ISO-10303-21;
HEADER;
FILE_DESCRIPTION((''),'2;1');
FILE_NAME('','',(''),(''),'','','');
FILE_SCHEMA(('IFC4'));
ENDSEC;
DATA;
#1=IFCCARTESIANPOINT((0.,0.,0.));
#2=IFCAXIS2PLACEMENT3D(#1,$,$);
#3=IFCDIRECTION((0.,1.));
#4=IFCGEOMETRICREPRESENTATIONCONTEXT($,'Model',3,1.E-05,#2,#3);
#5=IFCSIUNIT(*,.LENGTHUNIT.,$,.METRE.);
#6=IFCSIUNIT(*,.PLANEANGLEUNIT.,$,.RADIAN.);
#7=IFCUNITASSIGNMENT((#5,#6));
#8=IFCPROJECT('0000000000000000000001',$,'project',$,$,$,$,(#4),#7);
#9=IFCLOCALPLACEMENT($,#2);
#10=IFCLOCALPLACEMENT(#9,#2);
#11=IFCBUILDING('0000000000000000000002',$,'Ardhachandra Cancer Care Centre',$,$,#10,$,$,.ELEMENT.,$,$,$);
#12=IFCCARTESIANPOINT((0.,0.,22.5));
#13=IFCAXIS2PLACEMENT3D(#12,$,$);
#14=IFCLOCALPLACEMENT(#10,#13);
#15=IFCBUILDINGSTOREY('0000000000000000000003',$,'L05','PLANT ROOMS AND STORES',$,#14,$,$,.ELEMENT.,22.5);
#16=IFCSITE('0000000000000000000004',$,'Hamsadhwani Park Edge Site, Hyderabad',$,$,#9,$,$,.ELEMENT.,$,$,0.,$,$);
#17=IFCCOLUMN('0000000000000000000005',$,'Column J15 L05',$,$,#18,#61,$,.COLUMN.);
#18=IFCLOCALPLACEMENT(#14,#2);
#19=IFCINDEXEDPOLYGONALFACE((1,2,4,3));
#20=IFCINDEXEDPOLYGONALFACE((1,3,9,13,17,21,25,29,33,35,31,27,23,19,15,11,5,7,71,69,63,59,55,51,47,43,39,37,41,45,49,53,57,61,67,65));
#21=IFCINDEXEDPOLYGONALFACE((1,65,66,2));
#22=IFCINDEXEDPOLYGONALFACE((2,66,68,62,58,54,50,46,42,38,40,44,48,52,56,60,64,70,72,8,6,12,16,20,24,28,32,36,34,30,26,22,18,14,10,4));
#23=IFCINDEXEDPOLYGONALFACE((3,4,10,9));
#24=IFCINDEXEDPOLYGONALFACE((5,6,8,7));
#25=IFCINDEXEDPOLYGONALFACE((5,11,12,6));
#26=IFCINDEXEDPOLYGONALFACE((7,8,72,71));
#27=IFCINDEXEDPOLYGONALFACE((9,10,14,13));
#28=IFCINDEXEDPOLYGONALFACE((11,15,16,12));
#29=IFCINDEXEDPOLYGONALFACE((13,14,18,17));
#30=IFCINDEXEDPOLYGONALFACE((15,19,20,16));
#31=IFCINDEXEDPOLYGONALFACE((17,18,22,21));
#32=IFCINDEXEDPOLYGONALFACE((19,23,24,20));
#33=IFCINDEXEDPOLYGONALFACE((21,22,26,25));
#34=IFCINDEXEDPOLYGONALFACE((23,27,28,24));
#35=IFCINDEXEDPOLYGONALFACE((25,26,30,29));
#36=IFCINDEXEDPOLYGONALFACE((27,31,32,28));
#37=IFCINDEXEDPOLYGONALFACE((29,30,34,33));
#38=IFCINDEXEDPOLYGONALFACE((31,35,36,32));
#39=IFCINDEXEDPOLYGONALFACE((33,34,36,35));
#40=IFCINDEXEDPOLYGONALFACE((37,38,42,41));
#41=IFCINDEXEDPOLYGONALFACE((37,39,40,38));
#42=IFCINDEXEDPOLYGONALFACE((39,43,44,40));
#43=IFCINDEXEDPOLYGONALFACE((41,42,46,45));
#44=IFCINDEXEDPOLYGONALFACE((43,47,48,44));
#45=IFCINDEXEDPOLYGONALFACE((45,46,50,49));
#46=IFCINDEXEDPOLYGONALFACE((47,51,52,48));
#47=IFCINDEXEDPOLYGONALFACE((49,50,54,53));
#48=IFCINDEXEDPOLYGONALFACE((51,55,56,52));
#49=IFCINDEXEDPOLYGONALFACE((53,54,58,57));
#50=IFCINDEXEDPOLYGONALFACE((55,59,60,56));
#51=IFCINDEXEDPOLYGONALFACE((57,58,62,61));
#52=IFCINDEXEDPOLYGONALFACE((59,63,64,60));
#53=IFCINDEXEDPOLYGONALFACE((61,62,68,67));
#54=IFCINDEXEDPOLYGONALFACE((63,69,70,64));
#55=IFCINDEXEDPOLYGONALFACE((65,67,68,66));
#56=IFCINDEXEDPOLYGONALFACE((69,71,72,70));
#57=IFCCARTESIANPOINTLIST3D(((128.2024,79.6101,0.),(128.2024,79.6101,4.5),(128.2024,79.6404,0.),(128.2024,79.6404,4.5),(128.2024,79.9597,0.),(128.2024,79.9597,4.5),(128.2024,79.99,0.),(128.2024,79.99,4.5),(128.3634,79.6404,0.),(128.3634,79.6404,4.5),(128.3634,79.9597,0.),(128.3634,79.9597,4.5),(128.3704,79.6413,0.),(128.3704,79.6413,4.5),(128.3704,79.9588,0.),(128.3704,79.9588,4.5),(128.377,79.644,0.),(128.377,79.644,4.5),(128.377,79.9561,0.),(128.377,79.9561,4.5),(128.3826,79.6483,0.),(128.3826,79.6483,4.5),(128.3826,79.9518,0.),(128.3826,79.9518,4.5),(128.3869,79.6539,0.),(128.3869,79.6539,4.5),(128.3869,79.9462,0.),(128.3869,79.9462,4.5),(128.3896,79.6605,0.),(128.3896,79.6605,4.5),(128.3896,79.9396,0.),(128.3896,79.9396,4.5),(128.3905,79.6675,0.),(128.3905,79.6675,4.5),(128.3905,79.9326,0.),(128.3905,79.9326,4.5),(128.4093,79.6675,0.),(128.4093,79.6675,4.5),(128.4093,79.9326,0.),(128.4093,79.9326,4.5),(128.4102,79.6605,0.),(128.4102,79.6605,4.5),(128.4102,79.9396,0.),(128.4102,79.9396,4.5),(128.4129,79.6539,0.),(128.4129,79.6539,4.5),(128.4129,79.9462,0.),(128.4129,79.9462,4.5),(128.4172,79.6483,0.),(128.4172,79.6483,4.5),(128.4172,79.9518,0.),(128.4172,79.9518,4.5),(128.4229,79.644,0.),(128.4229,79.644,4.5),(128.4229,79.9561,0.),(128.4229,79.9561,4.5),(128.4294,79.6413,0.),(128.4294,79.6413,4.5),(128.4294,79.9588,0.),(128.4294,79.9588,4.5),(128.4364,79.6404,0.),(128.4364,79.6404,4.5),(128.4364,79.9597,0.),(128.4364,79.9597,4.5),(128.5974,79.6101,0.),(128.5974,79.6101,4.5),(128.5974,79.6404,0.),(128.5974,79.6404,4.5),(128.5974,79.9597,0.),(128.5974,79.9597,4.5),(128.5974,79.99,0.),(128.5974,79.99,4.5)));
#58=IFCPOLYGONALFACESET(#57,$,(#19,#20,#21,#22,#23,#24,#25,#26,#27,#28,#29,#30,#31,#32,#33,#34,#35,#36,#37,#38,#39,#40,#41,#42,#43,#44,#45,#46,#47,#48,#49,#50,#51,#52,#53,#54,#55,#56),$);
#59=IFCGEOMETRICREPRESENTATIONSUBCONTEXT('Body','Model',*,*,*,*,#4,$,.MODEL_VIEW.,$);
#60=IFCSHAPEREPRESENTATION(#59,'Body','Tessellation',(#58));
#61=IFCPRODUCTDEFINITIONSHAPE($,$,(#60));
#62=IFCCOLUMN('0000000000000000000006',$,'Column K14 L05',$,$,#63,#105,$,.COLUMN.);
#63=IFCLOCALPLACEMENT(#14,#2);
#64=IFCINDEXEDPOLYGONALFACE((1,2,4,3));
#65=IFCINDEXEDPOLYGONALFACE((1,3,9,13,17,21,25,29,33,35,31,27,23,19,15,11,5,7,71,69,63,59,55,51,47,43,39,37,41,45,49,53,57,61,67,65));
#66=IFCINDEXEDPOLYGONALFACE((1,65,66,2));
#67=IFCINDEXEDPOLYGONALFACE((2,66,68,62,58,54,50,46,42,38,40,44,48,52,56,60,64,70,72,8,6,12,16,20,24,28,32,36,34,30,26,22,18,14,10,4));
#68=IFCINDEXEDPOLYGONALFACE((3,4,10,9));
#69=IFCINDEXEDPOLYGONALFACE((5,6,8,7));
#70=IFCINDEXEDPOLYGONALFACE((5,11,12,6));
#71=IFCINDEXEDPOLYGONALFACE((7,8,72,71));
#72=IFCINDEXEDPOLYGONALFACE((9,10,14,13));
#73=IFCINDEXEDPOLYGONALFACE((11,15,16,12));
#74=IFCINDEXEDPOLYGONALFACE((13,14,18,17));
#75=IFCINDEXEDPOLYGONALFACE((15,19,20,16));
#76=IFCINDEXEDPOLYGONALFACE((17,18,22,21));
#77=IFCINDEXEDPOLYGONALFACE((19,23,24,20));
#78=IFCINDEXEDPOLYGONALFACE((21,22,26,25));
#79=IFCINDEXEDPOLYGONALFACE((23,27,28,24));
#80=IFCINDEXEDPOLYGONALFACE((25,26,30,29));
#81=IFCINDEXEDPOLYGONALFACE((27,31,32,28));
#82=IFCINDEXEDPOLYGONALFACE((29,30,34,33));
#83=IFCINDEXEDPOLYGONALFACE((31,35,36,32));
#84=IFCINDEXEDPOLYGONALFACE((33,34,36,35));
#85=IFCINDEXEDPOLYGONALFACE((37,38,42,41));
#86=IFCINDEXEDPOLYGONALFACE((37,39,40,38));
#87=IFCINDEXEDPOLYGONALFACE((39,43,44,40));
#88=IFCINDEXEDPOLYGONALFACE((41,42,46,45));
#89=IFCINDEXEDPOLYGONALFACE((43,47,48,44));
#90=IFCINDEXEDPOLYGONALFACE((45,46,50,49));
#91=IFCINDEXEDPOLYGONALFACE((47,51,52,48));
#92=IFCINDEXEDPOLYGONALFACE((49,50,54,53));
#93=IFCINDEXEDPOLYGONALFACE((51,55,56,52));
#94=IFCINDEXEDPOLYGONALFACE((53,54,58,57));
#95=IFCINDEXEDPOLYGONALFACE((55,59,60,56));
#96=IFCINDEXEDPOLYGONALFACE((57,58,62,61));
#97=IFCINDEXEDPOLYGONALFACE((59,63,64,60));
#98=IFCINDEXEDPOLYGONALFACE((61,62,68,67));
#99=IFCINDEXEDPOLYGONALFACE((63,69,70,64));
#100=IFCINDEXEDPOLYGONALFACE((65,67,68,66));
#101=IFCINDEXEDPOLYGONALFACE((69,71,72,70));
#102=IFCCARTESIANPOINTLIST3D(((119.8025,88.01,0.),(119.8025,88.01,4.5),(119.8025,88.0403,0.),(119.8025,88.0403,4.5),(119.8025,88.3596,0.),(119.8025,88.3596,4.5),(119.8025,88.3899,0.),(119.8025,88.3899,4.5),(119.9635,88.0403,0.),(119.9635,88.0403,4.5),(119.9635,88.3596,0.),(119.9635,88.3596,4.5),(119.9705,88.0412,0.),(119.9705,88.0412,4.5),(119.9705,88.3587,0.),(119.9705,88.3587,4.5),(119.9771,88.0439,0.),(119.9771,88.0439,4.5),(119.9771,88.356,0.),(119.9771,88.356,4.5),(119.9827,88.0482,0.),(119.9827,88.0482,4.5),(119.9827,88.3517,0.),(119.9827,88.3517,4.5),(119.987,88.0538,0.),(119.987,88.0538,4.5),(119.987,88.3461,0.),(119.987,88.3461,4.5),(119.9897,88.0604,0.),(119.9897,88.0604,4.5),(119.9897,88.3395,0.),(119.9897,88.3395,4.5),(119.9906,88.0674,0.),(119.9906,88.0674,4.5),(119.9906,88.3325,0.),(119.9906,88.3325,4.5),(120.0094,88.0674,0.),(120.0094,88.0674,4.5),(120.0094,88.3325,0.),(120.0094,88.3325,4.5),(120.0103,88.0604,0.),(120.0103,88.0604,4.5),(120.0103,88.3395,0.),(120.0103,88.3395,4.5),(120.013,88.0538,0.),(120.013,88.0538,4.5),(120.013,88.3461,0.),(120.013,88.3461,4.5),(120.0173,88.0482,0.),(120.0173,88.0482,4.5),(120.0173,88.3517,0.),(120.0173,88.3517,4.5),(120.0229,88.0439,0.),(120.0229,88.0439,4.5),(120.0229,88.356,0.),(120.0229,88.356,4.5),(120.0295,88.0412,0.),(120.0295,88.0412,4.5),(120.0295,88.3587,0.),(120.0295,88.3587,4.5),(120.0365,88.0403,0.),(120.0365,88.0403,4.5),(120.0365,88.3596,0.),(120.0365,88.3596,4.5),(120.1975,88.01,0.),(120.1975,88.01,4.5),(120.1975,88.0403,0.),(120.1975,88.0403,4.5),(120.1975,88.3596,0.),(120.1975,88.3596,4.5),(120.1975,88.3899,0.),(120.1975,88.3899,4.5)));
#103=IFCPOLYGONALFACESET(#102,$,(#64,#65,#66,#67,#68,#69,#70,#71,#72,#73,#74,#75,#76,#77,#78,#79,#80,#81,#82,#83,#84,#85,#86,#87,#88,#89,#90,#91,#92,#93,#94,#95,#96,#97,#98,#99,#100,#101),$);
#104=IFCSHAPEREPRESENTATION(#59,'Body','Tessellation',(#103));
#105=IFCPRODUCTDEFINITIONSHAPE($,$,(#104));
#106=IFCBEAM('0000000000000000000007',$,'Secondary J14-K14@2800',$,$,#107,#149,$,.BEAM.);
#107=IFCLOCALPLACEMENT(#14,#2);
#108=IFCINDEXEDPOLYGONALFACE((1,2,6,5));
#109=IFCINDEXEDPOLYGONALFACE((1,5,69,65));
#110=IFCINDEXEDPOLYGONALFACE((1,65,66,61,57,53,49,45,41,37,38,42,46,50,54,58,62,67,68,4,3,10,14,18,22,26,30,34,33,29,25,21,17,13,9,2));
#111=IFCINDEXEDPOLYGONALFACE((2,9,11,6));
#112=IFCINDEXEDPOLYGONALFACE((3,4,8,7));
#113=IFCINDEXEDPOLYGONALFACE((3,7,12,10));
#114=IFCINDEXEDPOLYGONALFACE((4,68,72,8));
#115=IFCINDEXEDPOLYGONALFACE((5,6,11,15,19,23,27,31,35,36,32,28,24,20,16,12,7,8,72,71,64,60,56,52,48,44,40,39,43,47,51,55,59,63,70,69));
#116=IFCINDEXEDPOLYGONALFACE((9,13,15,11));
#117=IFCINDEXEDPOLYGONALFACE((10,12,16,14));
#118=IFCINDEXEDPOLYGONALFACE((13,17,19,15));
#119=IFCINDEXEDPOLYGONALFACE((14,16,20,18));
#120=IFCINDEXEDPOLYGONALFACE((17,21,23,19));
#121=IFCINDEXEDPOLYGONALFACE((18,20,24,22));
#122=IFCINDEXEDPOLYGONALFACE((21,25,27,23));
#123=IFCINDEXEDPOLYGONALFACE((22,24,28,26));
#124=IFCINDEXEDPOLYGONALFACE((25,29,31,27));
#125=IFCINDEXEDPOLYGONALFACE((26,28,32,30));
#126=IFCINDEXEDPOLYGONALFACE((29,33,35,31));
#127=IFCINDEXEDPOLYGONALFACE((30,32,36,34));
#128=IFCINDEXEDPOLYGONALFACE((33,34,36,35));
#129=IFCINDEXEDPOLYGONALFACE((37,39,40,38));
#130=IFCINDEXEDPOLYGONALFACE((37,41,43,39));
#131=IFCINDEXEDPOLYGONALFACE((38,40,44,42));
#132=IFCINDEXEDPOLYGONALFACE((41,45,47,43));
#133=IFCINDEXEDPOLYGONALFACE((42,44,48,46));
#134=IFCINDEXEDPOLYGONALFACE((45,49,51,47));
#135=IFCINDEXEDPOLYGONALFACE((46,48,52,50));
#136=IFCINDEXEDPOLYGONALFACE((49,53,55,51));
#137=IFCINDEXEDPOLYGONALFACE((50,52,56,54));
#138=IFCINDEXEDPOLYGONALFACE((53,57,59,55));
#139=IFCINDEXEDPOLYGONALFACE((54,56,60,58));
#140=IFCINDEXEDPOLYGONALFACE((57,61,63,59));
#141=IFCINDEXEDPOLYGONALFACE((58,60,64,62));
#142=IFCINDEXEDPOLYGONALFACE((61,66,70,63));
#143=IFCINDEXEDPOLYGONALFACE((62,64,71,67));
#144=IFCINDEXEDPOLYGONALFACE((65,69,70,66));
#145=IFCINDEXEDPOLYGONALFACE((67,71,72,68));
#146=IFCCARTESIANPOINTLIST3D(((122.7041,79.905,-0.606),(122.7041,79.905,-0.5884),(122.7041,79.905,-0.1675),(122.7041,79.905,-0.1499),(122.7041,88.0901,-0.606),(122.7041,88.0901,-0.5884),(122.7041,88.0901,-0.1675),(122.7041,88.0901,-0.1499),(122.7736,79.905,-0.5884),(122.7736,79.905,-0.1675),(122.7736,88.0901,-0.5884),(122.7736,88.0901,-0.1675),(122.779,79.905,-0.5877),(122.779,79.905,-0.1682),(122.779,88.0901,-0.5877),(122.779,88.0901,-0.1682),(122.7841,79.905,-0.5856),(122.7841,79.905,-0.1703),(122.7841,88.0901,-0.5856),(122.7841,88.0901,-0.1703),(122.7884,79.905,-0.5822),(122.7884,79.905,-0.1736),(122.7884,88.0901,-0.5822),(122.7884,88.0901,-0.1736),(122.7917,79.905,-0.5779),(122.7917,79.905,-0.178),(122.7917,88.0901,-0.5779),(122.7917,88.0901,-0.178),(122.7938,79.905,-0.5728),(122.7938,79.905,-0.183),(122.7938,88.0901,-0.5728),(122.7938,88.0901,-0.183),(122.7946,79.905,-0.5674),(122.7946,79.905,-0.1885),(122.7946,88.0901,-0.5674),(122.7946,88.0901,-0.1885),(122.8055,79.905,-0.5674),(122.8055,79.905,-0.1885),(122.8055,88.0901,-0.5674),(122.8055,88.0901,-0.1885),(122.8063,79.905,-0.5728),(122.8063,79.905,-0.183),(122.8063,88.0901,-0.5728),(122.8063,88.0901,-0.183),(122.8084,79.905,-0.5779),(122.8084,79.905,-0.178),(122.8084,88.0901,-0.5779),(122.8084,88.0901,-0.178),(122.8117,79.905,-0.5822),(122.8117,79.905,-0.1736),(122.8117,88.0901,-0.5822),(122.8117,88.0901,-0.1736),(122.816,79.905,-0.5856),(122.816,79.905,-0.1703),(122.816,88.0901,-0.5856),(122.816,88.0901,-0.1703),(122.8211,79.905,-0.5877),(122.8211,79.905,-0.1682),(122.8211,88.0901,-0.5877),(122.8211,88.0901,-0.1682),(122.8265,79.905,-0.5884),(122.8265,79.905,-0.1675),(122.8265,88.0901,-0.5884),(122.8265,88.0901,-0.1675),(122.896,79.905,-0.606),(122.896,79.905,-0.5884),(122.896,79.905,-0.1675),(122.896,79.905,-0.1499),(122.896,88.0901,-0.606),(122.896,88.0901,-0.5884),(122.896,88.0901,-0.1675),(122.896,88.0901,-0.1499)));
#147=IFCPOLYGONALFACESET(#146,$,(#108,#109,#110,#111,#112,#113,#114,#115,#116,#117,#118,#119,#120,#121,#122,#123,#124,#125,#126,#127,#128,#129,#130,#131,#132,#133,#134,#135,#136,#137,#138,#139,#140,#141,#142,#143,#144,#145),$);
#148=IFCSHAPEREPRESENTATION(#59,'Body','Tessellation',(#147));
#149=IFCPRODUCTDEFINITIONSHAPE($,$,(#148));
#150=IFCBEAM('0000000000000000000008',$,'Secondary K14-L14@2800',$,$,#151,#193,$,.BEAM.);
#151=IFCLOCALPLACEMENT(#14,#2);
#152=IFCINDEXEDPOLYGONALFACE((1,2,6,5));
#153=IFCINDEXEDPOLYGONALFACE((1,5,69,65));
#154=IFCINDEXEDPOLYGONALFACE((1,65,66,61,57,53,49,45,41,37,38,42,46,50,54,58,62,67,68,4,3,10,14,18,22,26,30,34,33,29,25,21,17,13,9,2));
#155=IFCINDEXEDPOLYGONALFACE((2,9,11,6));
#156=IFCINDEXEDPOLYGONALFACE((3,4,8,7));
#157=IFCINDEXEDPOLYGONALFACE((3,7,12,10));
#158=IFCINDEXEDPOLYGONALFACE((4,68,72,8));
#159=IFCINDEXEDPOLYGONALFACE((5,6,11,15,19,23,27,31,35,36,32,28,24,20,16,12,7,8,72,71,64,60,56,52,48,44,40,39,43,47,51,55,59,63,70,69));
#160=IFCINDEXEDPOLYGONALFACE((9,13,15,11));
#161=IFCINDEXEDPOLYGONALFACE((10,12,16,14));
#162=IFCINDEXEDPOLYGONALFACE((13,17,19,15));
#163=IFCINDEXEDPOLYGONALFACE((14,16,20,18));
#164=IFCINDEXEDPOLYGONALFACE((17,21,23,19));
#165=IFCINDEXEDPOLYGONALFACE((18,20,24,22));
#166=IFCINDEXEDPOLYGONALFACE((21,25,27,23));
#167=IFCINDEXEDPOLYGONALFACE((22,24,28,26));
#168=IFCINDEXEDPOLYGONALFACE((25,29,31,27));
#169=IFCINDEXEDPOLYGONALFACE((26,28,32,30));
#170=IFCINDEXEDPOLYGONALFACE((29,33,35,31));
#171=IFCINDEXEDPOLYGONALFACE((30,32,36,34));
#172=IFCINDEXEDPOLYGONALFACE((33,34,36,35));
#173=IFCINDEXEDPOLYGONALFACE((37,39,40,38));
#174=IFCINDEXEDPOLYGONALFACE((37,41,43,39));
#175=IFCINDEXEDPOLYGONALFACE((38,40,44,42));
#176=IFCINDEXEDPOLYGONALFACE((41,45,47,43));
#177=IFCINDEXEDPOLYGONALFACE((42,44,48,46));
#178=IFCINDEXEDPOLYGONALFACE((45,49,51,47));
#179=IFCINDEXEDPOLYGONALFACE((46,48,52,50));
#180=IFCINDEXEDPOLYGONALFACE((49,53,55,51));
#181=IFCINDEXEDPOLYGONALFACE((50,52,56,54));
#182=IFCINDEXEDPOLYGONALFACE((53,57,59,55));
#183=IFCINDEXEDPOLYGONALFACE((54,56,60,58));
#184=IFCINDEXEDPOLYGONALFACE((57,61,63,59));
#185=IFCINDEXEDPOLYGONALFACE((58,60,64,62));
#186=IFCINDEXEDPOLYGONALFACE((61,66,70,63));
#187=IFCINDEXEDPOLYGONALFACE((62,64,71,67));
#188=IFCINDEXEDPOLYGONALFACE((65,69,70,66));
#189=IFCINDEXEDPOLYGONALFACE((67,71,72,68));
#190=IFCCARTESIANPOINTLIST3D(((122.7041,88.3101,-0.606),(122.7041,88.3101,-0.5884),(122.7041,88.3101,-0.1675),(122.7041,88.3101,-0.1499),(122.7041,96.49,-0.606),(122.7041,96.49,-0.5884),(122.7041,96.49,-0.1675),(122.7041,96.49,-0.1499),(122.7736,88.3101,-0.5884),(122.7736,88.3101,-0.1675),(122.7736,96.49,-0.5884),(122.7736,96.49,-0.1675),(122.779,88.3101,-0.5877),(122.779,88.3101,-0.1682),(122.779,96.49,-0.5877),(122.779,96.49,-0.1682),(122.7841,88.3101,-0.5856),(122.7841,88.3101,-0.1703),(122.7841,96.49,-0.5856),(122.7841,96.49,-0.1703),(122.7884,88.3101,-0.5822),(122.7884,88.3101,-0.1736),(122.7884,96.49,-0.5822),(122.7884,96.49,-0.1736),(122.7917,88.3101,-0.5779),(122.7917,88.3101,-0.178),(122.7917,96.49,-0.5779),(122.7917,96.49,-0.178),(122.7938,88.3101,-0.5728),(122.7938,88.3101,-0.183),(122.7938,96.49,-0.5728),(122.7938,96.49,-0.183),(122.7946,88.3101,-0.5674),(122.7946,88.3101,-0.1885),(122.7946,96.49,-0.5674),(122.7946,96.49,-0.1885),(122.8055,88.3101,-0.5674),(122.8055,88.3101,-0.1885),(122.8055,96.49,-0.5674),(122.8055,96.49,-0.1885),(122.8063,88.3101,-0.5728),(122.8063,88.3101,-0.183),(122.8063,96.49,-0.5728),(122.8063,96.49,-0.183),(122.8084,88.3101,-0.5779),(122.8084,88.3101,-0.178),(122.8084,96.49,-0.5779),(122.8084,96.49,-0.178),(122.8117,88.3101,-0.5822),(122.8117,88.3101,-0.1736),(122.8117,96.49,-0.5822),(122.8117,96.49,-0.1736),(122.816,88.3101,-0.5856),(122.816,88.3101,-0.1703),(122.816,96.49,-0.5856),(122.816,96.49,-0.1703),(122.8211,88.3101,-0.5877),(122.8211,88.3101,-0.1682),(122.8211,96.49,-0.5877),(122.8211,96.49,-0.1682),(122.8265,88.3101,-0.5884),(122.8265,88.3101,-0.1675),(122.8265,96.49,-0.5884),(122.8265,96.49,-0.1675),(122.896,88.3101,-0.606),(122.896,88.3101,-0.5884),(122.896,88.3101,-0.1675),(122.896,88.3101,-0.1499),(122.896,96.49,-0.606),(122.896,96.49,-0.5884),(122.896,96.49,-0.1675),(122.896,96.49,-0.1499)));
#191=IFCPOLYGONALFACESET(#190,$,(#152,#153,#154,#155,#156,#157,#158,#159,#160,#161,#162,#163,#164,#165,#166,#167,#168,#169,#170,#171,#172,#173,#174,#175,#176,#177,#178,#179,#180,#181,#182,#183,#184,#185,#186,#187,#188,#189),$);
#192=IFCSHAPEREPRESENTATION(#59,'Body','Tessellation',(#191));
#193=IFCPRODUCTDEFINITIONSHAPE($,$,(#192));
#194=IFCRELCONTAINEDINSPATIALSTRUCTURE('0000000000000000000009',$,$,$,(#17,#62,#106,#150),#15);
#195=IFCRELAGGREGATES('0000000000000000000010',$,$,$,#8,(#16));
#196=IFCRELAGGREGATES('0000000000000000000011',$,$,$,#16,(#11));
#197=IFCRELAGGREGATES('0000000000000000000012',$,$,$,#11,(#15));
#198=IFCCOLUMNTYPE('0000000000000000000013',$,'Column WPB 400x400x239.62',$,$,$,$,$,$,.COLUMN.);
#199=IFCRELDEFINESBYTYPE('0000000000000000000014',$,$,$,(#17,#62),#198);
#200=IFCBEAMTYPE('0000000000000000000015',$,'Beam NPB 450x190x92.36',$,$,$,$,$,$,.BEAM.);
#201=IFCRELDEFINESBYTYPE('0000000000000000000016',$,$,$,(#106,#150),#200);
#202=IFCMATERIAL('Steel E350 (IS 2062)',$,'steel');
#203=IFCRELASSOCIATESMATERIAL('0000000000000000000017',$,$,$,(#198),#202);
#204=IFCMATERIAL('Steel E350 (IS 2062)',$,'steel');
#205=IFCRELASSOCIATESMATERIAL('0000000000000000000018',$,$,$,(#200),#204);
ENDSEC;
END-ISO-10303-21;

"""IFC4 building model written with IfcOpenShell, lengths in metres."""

from ifc_helpers import new_model, si_unit, direction, frame, origin, origin_2d, place, context, subcontext, project, spatial, i_section, extrude, material, material_profile, profile_set, type_object, element, save


model = new_model("IFC4")

# Units and contexts
model_context = context("Model", 3, precision=1e-05, world=origin(), true_north=direction((0.0, 1.0)))
body_context = subcontext(model_context, "Body", "Model", "MODEL_VIEW")
ifc_project = project(units=[si_unit("LENGTHUNIT", "METRE"), si_unit("PLANEANGLEUNIT", "RADIAN")], contexts=[model_context])

# Site, building, storey
site_placement = place(None, origin())
site = spatial("IfcSite", under=ifc_project, at=site_placement, Name="Hamsadhwani Park Edge Site, Hyderabad", CompositionType="ELEMENT", RefElevation=0.0)
building_placement = place(site_placement, origin())
building = spatial("IfcBuilding", under=site, at=building_placement, Name="Ardhachandra Cancer Care Centre", CompositionType="ELEMENT")
storey_placement = place(building_placement, frame((0.0, 0.0, 22.5)))
storey = spatial("IfcBuildingStorey", under=building, at=storey_placement, Name="L05", Description="PLANT ROOMS AND STORES", CompositionType="ELEMENT", Elevation=22.5)

# Columns
ifc_material_1 = material(Name="Steel E350 (IS 2062)", Category="steel")
ifc_material_profile_1 = material_profile(ifc_material_1, i_section(OverallWidth=0.395, OverallDepth=0.3799, WebThickness=0.0188, FlangeThickness=0.0303, FilletRadius=0.0271, at=origin_2d()), Name="WPB 400x400x239.62")
ifc_profile_set_1 = profile_set([ifc_material_profile_1], Name="Steel E350 (IS 2062)")
column_type = type_object("IfcColumnType", Name="Column WPB 400x400x239.62", PredefinedType="COLUMN", material=ifc_profile_set_1)
for number, where, z_axis, x_axis, name in (
    (1, (128.3999, 79.8, 0.0), (0.0, 0.0, 1.0), (1.0, 0.0, 0.0), "Column J15 L05"),
    (2, (120.0, 88.2, 0.0), (0.0, 0.0, 1.0), (1.0, 0.0, 0.0), "Column K14 L05"),
):
    element("IfcColumn", number, at=place(storey_placement, frame(where, z_axis=z_axis, x_axis=x_axis)), inside=storey, type_object=column_type, Name=name, PredefinedType="COLUMN", context=body_context, shape_type="SweptSolid", body=[
        extrude(i_section(OverallWidth=0.395, OverallDepth=0.3799, WebThickness=0.0188, FlangeThickness=0.0303, FilletRadius=0.0271, at=origin_2d()), origin(), (0.0, 0.0, 1.0), 4.5),
    ])

# Beams
ifc_material_2 = material(Name="Steel E350 (IS 2062)", Category="steel")
ifc_material_profile_2 = material_profile(ifc_material_2, i_section(OverallWidth=0.1919, OverallDepth=0.4561, WebThickness=0.011, FlangeThickness=0.0176, FilletRadius=0.021, at=origin_2d()), Name="NPB 450x190x92.36")
ifc_profile_set_2 = profile_set([ifc_material_profile_2], Name="Steel E350 (IS 2062)")
beam_type_1 = type_object("IfcBeamType", Name="Beam NPB 450x190x92.36", PredefinedType="BEAM", material=ifc_profile_set_2)
beam_1_placement = place(storey_placement, frame((122.8, 79.905, -0.3779), z_axis=(0.0, 1.0, 0.0), x_axis=(-1.0, 0.0, 0.0)))
element("IfcBeam", 3, at=beam_1_placement, inside=storey, type_object=beam_type_1, Name="Secondary J14-K14@2800", PredefinedType="BEAM", context=body_context, shape_type="SweptSolid", body=[
    extrude(i_section(OverallWidth=0.1919, OverallDepth=0.4561, WebThickness=0.011, FlangeThickness=0.0176, FilletRadius=0.021, at=origin_2d()), origin(), (0.0, 0.0, 1.0), 8.1851),
])
beam_2_placement = place(storey_placement, frame((122.8, 88.3101, -0.3779), z_axis=(0.0, 1.0, 0.0), x_axis=(-1.0, 0.0, 0.0)))
element("IfcBeam", 4, at=beam_2_placement, inside=storey, type_object=beam_type_1, Name="Secondary K14-L14@2800", PredefinedType="BEAM", context=body_context, shape_type="SweptSolid", body=[
    extrude(i_section(OverallWidth=0.1919, OverallDepth=0.4561, WebThickness=0.011, FlangeThickness=0.0176, FilletRadius=0.021, at=origin_2d()), origin(), (0.0, 0.0, 1.0), 8.1799),
])

save(model, "model.ifc")
